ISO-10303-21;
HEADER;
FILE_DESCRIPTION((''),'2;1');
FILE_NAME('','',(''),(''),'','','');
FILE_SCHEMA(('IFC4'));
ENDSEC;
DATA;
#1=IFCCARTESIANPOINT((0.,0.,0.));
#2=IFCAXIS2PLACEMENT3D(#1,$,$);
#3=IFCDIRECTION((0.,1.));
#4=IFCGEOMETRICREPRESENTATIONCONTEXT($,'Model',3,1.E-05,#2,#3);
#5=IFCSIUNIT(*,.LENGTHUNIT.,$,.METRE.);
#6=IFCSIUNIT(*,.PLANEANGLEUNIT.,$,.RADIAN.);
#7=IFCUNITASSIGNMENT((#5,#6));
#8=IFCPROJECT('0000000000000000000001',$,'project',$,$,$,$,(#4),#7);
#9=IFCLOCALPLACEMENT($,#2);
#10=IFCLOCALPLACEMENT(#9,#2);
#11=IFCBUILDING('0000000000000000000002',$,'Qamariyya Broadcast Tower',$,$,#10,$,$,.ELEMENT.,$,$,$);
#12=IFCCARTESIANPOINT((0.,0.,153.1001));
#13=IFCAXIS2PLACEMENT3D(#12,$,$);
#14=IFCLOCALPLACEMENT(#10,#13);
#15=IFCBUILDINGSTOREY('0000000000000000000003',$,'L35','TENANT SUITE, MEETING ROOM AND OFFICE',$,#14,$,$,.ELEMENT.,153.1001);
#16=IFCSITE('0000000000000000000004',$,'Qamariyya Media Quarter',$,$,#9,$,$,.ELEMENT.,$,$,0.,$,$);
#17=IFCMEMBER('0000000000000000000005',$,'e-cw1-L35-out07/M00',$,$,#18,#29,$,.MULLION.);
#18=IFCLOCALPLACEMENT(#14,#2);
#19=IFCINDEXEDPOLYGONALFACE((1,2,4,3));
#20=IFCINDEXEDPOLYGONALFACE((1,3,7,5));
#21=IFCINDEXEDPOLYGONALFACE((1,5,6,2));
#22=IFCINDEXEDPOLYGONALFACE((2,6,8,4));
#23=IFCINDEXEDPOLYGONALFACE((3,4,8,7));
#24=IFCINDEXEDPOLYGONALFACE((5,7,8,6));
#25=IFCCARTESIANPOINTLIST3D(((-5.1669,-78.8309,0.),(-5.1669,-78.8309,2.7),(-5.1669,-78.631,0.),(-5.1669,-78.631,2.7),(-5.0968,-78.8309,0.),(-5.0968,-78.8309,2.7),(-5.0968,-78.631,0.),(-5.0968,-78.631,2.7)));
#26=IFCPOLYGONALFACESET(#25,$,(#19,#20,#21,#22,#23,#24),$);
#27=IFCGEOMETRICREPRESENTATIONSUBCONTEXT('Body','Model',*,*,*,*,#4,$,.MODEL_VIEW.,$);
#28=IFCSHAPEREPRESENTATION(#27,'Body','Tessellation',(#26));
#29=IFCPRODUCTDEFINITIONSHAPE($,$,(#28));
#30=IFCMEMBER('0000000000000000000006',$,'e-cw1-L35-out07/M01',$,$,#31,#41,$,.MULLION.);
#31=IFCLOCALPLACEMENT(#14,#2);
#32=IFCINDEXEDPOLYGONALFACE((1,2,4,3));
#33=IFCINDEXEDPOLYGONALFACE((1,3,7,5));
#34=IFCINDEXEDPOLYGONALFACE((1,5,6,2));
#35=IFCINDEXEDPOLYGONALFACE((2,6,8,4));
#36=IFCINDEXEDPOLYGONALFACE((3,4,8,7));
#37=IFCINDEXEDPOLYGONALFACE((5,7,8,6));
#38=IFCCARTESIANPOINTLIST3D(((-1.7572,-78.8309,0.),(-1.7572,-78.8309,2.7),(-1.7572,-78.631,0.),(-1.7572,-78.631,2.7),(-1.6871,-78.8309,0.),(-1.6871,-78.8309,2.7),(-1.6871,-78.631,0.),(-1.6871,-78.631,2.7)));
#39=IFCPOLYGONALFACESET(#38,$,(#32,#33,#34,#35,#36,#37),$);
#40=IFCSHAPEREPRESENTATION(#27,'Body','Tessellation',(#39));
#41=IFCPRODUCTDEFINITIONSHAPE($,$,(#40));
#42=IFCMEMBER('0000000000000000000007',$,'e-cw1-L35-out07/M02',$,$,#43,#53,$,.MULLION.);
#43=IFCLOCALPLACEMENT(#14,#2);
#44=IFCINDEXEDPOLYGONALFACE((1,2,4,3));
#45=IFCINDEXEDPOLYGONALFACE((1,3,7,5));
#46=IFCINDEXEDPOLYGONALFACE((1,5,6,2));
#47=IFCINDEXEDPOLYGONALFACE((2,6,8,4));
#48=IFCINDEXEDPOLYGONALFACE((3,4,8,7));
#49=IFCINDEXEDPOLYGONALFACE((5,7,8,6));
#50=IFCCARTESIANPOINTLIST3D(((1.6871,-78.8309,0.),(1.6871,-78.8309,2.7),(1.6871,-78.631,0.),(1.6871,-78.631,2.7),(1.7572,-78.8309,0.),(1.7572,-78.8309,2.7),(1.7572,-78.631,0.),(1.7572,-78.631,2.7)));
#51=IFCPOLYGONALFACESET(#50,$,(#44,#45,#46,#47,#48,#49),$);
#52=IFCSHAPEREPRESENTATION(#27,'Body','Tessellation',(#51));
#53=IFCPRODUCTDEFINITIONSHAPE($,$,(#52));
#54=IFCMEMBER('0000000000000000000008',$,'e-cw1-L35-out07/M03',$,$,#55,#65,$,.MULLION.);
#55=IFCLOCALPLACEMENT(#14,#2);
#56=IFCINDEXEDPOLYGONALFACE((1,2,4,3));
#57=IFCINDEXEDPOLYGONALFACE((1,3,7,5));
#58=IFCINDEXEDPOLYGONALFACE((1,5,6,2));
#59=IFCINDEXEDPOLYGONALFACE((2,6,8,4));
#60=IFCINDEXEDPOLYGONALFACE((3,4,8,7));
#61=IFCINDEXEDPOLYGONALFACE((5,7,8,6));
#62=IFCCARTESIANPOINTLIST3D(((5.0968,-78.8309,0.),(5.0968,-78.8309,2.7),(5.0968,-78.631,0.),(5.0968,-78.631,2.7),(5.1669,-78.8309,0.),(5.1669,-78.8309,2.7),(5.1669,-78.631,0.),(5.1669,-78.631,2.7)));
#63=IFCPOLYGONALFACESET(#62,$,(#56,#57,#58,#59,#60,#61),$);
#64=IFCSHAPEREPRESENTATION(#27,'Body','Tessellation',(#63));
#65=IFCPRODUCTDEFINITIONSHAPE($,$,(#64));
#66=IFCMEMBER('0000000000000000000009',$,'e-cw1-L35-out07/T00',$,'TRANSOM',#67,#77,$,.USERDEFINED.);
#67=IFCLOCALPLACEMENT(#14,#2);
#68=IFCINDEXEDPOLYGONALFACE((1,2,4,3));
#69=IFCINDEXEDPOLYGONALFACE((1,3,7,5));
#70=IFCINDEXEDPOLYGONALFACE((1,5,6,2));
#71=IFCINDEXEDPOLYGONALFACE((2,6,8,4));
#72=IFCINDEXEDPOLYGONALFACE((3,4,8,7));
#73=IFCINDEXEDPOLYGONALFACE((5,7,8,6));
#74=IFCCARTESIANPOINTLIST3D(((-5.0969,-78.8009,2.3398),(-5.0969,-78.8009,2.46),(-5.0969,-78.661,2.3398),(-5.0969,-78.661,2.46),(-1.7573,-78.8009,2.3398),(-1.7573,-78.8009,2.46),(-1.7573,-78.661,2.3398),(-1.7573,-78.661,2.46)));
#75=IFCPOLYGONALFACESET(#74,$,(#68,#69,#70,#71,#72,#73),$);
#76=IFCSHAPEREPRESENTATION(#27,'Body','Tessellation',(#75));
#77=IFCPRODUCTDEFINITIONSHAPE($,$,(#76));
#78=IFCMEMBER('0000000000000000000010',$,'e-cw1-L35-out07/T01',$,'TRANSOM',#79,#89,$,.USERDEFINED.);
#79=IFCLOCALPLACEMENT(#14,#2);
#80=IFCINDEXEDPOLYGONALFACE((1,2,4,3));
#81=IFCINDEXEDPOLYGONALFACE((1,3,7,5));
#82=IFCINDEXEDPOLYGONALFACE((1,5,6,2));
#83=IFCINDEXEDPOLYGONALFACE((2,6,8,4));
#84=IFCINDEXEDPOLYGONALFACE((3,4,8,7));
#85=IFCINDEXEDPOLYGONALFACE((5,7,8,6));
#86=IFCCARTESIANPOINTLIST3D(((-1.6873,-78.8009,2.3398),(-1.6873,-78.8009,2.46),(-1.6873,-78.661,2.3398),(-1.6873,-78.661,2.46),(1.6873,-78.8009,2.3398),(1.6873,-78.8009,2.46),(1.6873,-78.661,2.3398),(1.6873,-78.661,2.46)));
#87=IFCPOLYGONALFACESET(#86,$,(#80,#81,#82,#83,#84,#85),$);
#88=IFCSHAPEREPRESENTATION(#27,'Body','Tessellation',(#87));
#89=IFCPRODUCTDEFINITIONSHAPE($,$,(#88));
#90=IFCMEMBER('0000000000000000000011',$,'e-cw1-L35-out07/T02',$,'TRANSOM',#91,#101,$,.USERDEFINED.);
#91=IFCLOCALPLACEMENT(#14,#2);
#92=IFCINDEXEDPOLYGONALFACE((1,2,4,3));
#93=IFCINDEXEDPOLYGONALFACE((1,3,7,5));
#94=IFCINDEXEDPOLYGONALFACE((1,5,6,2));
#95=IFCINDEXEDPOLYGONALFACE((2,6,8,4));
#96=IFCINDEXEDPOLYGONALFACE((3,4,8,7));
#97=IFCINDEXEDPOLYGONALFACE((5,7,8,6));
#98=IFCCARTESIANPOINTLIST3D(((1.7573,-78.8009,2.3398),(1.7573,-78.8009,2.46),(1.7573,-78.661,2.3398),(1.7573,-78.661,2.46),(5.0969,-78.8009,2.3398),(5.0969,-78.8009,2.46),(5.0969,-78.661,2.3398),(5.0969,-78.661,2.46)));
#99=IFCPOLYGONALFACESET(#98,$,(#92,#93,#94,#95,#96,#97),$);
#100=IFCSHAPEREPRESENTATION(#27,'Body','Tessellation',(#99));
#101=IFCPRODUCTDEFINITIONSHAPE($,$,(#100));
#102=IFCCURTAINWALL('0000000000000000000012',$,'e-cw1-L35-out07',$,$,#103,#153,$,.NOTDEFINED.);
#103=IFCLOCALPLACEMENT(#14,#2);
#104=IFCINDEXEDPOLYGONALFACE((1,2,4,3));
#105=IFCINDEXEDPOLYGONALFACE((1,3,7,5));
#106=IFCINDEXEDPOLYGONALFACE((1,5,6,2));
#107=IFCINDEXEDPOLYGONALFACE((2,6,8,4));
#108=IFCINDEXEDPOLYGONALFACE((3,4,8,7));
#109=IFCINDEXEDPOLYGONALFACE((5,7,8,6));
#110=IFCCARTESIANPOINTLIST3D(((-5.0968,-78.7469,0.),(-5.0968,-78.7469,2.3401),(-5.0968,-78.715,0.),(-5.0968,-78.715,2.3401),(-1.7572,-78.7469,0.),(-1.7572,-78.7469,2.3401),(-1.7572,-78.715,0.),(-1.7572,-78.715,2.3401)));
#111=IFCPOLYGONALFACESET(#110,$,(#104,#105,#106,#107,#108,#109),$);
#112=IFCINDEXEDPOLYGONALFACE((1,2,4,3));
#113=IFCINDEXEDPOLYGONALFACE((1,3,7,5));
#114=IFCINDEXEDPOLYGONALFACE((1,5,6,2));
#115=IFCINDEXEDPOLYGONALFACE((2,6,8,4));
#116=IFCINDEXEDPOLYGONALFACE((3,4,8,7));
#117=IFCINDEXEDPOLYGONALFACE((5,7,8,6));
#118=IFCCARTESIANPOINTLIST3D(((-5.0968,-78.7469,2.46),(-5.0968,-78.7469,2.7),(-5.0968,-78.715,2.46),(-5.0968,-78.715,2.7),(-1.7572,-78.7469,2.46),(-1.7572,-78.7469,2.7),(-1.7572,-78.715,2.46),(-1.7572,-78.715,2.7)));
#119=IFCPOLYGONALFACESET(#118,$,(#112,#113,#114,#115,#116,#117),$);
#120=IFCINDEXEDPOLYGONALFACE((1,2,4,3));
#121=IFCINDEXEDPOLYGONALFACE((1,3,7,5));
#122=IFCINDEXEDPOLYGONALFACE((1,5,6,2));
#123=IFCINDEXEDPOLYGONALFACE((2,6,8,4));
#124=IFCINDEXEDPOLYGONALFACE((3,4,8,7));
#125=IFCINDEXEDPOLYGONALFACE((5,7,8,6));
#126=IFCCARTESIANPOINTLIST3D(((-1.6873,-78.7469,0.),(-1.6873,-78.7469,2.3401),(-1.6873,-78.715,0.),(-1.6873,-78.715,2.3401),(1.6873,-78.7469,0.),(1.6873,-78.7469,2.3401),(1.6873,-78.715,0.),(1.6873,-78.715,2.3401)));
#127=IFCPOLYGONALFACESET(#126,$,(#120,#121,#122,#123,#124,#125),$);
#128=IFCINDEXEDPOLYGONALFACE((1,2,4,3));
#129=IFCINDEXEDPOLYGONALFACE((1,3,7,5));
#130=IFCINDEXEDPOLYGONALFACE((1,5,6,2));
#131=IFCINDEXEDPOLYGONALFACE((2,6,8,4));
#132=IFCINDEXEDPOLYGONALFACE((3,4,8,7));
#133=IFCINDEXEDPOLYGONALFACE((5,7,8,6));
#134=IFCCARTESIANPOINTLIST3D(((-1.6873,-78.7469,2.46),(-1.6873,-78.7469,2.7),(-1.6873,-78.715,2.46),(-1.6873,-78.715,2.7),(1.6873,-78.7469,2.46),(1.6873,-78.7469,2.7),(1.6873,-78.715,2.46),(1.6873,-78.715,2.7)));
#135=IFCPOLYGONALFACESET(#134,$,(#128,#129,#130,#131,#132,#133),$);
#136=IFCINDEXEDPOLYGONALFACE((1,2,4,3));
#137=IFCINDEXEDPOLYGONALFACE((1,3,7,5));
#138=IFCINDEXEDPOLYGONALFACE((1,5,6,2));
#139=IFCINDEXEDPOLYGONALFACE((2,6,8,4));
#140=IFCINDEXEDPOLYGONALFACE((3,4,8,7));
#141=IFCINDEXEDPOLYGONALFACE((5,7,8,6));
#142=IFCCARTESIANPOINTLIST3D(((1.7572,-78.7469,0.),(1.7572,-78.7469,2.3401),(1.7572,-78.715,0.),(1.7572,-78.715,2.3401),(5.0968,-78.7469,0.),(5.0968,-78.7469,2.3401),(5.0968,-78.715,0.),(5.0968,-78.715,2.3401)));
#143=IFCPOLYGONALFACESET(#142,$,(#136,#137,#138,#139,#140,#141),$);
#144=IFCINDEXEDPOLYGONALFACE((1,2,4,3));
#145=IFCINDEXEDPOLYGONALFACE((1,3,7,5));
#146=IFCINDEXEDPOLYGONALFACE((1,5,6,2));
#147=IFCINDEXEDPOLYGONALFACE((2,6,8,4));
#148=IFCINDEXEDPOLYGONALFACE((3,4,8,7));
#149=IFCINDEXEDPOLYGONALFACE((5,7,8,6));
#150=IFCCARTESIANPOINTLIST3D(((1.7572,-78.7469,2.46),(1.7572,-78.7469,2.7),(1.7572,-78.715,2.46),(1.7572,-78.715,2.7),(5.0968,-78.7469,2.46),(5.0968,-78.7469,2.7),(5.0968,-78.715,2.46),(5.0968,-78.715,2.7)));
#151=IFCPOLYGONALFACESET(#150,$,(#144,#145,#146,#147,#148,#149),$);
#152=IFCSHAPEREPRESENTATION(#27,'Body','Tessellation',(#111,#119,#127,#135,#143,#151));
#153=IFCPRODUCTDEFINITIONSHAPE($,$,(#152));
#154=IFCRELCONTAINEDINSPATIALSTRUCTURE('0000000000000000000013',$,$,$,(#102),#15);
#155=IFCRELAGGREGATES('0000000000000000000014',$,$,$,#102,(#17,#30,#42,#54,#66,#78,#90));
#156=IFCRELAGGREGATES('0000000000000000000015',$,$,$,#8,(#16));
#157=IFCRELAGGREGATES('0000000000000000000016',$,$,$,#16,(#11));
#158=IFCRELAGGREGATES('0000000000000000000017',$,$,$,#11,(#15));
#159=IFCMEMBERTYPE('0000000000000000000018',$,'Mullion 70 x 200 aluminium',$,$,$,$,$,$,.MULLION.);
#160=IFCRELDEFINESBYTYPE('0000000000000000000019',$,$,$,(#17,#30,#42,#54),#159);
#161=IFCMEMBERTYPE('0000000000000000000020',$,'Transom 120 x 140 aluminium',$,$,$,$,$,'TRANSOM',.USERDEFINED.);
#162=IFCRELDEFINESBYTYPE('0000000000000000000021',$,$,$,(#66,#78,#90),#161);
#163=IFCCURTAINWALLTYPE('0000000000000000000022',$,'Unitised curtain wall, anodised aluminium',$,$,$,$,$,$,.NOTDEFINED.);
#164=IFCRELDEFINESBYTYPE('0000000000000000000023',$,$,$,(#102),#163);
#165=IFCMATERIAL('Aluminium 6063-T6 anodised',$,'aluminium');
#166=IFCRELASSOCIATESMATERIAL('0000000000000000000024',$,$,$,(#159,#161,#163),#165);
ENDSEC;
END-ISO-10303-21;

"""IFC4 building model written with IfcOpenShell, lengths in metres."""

from ifc_helpers import new_model, si_unit, direction, frame, origin, origin_2d, place, context, subcontext, project, spatial, rectangle, extrude, material, material_profile, profile_set, type_object, element, aggregate, save


model = new_model("IFC4")

# Units and contexts
model_context = context("Model", 3, precision=1e-05, world=origin(), true_north=direction((0.0, 1.0)))
body_context = subcontext(model_context, "Body", "Model", "MODEL_VIEW")
ifc_project = project(units=[si_unit("LENGTHUNIT", "METRE"), si_unit("PLANEANGLEUNIT", "RADIAN")], contexts=[model_context])

# Members
ifc_material = material(Name="Aluminium 6063-T6 anodised", Category="aluminium")
ifc_material_profile_1 = material_profile(ifc_material, rectangle(XDim=0.2, YDim=0.0701, at=origin_2d()))
ifc_profile_set_1 = profile_set([ifc_material_profile_1], Name="Aluminium 6063-T6 anodised")
member_type_1 = type_object("IfcMemberType", Name="Mullion 70 x 200 aluminium", PredefinedType="MULLION", material=ifc_profile_set_1)
site_placement = place(None, origin())
building_placement = place(site_placement, origin())
storey_placement = place(building_placement, frame((0.0, 0.0, 153.1001)))
member_1_placement = place(storey_placement, frame((-5.1318, -78.731, 0.0), z_axis=(0.0, 0.0, 1.0), x_axis=(0.0, 1.0, 0.0)))
member_1 = element("IfcMember", 1, at=member_1_placement, type_object=member_type_1, Name="e-cw1-L35-out07/M00", PredefinedType="MULLION", context=body_context, shape_type="SweptSolid", body=[
    extrude(rectangle(XDim=0.2, YDim=0.0701, at=origin_2d()), origin(), (0.0, 0.0, 1.0), 2.7),
])
member_2_placement = place(storey_placement, frame((-1.7222, -78.731, 0.0), z_axis=(0.0, 0.0, 1.0), x_axis=(0.0, 1.0, 0.0)))
member_2 = element("IfcMember", 2, at=member_2_placement, type_object=member_type_1, Name="e-cw1-L35-out07/M01", PredefinedType="MULLION", context=body_context, shape_type="SweptSolid", body=[
    extrude(rectangle(XDim=0.2, YDim=0.0701, at=origin_2d()), origin(), (0.0, 0.0, 1.0), 2.7),
])
member_3_placement = place(storey_placement, frame((1.7222, -78.731, 0.0), z_axis=(0.0, 0.0, 1.0), x_axis=(0.0, 1.0, 0.0)))
member_3 = element("IfcMember", 3, at=member_3_placement, type_object=member_type_1, Name="e-cw1-L35-out07/M02", PredefinedType="MULLION", context=body_context, shape_type="SweptSolid", body=[
    extrude(rectangle(XDim=0.2, YDim=0.0701, at=origin_2d()), origin(), (0.0, 0.0, 1.0), 2.7),
])
member_4_placement = place(storey_placement, frame((5.1318, -78.731, 0.0), z_axis=(0.0, 0.0, 1.0), x_axis=(0.0, 1.0, 0.0)))
member_4 = element("IfcMember", 4, at=member_4_placement, type_object=member_type_1, Name="e-cw1-L35-out07/M03", PredefinedType="MULLION", context=body_context, shape_type="SweptSolid", body=[
    extrude(rectangle(XDim=0.2, YDim=0.0701, at=origin_2d()), origin(), (0.0, 0.0, 1.0), 2.7),
])
ifc_material_profile_2 = material_profile(ifc_material, rectangle(XDim=0.1399, YDim=0.1201, at=origin_2d()))
ifc_profile_set_2 = profile_set([ifc_material_profile_2], Name="Aluminium 6063-T6 anodised")
member_type_2 = type_object("IfcMemberType", Name="Transom 120 x 140 aluminium", ElementType="TRANSOM", PredefinedType="USERDEFINED", material=ifc_profile_set_2)
member_5_placement = place(storey_placement, frame((-5.0969, -78.731, 2.3999), z_axis=(1.0, 0.0, 0.0), x_axis=(0.0, 1.0, 0.0)))
member_5 = element("IfcMember", 5, at=member_5_placement, type_object=member_type_2, Name="e-cw1-L35-out07/T00", ObjectType="TRANSOM", PredefinedType="USERDEFINED", context=body_context, shape_type="SweptSolid", body=[
    extrude(rectangle(XDim=0.1399, YDim=0.1201, at=origin_2d()), origin(), (0.0, 0.0, 1.0), 3.3396),
])
member_6_placement = place(storey_placement, frame((-1.6873, -78.731, 2.3999), z_axis=(1.0, 0.0, 0.0), x_axis=(0.0, 1.0, 0.0)))
member_6 = element("IfcMember", 6, at=member_6_placement, type_object=member_type_2, Name="e-cw1-L35-out07/T01", ObjectType="TRANSOM", PredefinedType="USERDEFINED", context=body_context, shape_type="SweptSolid", body=[
    extrude(rectangle(XDim=0.1399, YDim=0.1201, at=origin_2d()), origin(), (0.0, 0.0, 1.0), 3.3745),
])
member_7_placement = place(storey_placement, frame((1.7573, -78.731, 2.3999), z_axis=(1.0, 0.0, 0.0), x_axis=(0.0, 1.0, 0.0)))
member_7 = element("IfcMember", 7, at=member_7_placement, type_object=member_type_2, Name="e-cw1-L35-out07/T02", ObjectType="TRANSOM", PredefinedType="USERDEFINED", context=body_context, shape_type="SweptSolid", body=[
    extrude(rectangle(XDim=0.1399, YDim=0.1201, at=origin_2d()), origin(), (0.0, 0.0, 1.0), 3.3396),
])

# Site, building, storey
site = spatial("IfcSite", under=ifc_project, at=site_placement, Name="Qamariyya Media Quarter", CompositionType="ELEMENT", RefElevation=0.0)
building = spatial("IfcBuilding", under=site, at=building_placement, Name="Qamariyya Broadcast Tower", CompositionType="ELEMENT")
storey = spatial("IfcBuildingStorey", under=building, at=storey_placement, Name="L35", Description="TENANT SUITE, MEETING ROOM AND OFFICE", CompositionType="ELEMENT", Elevation=153.1001)

# Curtain wall
curtain_wall_type = type_object("IfcCurtainWallType", Name="Unitised curtain wall, anodised aluminium", PredefinedType="NOTDEFINED", material=ifc_material)
curtain_wall_1_placement = place(storey_placement, origin())
curtain_wall_1 = element("IfcCurtainWall", 8, at=curtain_wall_1_placement, inside=storey, type_object=curtain_wall_type, Name="e-cw1-L35-out07", PredefinedType="NOTDEFINED", context=body_context, shape_type="SweptSolid", body=[
    extrude(rectangle(XDim=3.3396, YDim=0.032, at=origin_2d()), frame((-3.427, -78.731, 0.0), x_axis=(1.0, 0.0, 0.0)), (0.0, 0.0, 1.0), 2.3401),
    extrude(rectangle(XDim=3.3396, YDim=0.032, at=origin_2d()), frame((-3.427, -78.731, 2.46), x_axis=(1.0, 0.0, 0.0)), (0.0, 0.0, 1.0), 0.24),
    extrude(rectangle(XDim=3.3745, YDim=0.032, at=origin_2d()), frame((0.0, -78.731, 0.0), x_axis=(1.0, 0.0, 0.0)), (0.0, 0.0, 1.0), 2.3401),
    extrude(rectangle(XDim=3.3745, YDim=0.032, at=origin_2d()), frame((0.0, -78.731, 2.46), x_axis=(1.0, 0.0, 0.0)), (0.0, 0.0, 1.0), 0.24),
    extrude(rectangle(XDim=3.3396, YDim=0.032, at=origin_2d()), frame((3.427, -78.731, 0.0), x_axis=(1.0, 0.0, 0.0)), (0.0, 0.0, 1.0), 2.3401),
    extrude(rectangle(XDim=3.3396, YDim=0.032, at=origin_2d()), frame((3.427, -78.731, 2.46), x_axis=(1.0, 0.0, 0.0)), (0.0, 0.0, 1.0), 0.24),
])
aggregate(curtain_wall_1, [member_1, member_2, member_3, member_4, member_5, member_6, member_7])

save(model, "model.ifc")
